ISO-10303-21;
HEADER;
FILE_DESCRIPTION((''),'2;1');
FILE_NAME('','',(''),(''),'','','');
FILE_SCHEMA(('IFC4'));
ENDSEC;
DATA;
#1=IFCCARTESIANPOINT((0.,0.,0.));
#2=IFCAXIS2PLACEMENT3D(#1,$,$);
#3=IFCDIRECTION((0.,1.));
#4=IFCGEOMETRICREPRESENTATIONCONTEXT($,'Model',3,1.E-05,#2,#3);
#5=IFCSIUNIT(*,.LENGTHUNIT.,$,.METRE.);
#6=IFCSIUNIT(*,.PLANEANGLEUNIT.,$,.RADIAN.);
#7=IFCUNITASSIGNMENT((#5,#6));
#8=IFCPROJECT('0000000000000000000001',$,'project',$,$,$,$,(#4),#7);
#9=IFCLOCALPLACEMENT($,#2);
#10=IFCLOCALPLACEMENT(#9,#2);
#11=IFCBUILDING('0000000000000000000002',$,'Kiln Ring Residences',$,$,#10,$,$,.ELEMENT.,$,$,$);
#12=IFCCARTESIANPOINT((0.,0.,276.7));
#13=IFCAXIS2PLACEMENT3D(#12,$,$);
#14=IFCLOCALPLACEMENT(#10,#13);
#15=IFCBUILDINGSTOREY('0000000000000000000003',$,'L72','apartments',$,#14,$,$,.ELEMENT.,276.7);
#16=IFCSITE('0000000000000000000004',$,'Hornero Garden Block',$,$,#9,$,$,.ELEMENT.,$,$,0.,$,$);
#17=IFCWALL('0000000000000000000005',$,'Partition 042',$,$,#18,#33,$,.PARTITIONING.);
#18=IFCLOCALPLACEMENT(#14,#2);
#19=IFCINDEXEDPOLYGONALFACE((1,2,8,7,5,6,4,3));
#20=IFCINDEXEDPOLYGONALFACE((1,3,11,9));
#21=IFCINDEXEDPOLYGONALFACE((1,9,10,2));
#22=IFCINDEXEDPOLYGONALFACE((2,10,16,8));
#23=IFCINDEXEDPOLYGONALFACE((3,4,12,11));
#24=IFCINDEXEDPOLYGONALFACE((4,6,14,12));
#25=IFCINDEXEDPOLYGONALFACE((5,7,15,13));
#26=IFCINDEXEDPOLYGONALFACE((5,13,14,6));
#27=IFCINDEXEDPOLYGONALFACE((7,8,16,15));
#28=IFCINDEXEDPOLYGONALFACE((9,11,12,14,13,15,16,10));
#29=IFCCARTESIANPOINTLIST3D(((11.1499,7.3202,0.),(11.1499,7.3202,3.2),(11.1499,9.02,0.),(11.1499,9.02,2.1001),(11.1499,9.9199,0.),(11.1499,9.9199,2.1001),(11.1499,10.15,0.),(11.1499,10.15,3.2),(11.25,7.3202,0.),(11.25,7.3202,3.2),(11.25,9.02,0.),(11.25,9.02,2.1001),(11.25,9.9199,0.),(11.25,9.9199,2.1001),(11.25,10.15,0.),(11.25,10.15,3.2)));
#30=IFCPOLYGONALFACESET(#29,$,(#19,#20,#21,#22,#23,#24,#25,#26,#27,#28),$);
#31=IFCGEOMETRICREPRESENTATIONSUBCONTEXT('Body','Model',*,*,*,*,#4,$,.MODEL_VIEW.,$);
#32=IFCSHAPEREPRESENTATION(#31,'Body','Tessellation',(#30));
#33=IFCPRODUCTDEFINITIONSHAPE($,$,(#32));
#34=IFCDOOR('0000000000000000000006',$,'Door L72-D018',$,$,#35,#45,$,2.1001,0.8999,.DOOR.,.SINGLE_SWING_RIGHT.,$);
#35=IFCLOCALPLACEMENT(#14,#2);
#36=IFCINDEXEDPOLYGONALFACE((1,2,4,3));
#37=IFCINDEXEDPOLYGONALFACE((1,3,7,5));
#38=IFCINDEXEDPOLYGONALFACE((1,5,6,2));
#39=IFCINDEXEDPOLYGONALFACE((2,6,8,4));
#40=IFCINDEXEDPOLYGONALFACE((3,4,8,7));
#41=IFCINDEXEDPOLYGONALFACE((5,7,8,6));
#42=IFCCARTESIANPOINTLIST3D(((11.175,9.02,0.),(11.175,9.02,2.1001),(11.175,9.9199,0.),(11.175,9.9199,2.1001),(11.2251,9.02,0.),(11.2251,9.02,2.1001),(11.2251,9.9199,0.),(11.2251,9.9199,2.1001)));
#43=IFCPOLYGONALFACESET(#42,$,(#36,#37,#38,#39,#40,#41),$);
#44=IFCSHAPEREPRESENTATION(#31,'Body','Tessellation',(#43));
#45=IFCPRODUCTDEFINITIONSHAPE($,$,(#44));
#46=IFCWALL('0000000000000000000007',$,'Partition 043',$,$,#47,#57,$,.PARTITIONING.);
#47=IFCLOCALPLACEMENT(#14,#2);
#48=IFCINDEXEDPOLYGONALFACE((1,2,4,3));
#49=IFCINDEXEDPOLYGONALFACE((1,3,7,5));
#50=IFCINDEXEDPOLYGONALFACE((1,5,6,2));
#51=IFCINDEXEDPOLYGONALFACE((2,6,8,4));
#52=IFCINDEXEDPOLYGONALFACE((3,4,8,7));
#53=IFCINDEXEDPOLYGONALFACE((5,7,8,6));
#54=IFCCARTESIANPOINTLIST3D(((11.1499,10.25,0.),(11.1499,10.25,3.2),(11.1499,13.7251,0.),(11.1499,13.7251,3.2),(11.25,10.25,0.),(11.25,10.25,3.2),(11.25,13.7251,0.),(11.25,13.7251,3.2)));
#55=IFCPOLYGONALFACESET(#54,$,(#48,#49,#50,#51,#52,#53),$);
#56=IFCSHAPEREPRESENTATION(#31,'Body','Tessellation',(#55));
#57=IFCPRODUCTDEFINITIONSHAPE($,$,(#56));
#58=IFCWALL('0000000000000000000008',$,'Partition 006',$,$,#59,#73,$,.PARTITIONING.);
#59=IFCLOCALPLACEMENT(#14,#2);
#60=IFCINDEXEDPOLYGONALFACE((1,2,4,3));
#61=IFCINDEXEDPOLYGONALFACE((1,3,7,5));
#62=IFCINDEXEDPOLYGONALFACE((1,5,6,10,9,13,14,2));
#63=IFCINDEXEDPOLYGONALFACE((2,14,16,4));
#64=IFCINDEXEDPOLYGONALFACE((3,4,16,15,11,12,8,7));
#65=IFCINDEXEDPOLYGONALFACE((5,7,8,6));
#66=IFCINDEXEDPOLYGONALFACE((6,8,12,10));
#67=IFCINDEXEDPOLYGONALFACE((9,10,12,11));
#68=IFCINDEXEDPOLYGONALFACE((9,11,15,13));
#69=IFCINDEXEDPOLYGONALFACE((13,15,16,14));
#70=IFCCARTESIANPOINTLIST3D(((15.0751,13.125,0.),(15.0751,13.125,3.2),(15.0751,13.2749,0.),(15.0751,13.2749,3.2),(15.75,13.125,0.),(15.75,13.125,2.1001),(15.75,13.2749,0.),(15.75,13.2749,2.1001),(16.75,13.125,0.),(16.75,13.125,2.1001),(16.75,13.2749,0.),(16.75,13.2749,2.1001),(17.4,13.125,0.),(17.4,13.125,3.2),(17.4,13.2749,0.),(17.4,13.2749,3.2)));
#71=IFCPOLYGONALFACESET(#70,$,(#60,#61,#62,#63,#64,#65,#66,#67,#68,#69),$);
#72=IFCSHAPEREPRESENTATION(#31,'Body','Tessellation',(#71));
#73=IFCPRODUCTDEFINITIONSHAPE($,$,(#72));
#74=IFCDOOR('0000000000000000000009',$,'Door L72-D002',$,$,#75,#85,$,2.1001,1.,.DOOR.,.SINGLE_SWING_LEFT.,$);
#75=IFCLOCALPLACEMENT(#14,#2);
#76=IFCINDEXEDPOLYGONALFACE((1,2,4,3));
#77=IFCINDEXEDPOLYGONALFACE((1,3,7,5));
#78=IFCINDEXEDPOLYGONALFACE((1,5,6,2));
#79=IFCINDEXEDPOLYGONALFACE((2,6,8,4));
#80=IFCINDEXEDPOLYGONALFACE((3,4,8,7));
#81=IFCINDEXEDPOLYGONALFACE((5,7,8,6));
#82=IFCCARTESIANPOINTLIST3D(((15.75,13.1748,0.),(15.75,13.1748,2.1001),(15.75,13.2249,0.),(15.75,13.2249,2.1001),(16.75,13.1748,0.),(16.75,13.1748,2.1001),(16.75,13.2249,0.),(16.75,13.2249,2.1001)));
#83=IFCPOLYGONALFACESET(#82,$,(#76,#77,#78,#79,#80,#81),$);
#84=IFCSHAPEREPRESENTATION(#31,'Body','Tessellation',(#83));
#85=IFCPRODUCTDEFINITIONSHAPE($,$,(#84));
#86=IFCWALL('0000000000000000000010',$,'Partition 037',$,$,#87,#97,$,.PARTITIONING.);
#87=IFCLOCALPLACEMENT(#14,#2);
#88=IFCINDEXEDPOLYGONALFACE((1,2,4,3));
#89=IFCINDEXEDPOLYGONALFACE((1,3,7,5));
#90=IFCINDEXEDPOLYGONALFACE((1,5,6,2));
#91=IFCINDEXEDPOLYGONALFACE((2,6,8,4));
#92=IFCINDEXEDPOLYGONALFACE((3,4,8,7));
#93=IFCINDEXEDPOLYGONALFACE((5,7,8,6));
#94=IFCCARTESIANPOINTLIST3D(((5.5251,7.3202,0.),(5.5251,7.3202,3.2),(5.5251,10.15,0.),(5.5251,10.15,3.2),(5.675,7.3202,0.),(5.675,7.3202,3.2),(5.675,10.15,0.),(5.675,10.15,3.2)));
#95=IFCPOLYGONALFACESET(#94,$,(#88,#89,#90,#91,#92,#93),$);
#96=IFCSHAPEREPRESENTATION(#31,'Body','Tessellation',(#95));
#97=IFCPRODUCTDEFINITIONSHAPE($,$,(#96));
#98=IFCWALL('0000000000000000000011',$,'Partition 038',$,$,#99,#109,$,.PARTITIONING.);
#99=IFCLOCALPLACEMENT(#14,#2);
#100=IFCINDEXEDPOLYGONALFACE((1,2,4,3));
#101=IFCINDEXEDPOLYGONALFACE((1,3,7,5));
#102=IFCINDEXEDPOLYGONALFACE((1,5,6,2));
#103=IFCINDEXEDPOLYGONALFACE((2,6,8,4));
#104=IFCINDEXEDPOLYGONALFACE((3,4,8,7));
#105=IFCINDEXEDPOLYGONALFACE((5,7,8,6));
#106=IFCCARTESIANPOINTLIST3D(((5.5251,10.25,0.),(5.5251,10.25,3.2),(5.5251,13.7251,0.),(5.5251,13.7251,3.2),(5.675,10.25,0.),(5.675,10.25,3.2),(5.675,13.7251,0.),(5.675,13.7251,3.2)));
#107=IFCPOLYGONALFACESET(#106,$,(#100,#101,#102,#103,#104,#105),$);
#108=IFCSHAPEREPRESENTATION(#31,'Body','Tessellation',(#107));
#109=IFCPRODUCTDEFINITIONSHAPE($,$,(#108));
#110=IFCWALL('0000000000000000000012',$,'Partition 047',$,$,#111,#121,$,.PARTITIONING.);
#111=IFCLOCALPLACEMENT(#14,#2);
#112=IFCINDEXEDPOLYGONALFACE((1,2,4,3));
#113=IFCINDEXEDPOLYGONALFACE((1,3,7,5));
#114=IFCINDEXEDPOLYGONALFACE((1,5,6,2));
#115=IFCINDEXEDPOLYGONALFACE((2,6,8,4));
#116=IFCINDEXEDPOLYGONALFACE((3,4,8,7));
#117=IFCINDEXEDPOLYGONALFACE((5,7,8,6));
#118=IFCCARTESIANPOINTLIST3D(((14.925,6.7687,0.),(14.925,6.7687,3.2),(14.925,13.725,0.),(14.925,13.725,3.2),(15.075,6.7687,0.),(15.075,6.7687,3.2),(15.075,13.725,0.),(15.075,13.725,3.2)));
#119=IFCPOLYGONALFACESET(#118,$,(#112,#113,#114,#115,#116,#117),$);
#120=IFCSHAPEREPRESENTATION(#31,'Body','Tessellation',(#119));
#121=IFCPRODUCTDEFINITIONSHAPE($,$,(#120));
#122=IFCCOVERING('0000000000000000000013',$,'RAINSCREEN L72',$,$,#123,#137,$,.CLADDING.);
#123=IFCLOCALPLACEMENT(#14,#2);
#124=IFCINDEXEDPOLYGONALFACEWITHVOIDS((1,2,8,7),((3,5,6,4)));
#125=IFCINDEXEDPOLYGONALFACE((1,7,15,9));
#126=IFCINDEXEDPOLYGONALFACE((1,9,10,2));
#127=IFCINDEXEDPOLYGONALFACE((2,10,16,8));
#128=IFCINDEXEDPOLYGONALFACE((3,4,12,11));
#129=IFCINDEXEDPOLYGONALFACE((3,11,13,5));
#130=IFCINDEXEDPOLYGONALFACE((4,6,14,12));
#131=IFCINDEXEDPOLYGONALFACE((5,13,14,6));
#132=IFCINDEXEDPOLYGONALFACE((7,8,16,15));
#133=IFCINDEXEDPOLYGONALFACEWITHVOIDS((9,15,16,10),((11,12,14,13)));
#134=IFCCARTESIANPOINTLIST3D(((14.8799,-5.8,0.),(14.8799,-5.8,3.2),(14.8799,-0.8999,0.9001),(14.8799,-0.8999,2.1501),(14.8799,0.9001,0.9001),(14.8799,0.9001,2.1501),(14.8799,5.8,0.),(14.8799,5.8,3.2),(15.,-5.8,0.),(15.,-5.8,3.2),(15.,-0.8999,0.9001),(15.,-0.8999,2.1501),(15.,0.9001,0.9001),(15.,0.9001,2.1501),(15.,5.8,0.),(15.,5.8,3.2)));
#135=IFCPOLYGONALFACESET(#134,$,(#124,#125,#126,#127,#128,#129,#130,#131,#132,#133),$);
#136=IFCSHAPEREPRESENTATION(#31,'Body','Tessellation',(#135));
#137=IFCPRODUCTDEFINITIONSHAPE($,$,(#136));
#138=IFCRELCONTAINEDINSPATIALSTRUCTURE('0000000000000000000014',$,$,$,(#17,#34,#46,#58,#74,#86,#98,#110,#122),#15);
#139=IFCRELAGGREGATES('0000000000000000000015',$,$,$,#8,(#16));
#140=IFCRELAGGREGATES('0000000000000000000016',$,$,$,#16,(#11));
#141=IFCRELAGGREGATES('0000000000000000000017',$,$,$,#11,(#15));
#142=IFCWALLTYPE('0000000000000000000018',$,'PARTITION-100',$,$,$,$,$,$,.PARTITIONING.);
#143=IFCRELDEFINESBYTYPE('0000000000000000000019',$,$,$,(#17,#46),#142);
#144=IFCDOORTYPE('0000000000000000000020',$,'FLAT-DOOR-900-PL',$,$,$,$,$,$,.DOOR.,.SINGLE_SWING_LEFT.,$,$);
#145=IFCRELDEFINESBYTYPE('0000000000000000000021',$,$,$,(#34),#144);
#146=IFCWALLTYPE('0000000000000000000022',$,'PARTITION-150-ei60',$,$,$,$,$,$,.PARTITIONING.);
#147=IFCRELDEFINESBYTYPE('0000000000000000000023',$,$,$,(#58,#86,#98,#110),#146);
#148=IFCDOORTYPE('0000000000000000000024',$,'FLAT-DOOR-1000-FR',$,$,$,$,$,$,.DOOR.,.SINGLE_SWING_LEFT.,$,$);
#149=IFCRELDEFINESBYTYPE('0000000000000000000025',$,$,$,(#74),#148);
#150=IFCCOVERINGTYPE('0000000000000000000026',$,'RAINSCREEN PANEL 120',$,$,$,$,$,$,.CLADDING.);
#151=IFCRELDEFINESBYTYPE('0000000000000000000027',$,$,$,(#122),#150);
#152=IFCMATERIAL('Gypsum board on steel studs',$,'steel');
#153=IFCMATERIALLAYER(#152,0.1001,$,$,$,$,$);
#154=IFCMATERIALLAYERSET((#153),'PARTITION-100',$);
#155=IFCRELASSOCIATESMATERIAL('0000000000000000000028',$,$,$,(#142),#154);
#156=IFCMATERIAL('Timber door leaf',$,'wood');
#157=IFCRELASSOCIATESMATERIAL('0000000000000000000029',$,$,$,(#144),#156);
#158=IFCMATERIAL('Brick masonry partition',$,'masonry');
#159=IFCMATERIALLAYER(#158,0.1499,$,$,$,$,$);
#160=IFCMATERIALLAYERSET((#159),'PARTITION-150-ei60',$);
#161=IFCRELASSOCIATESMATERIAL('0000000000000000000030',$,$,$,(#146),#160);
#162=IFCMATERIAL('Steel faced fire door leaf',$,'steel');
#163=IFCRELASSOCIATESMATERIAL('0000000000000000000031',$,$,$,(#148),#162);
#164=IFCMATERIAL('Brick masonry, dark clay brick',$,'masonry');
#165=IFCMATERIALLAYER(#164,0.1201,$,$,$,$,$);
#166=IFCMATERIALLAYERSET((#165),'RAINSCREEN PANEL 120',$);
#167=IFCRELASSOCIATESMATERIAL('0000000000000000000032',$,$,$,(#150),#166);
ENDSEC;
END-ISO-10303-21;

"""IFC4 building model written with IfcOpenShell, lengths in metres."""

from ifc_helpers import new_model, si_unit, direction, frame, frame_2d, origin, place, context, subcontext, project, spatial, polyline, rectangle, outline, extrude, material, layer, layer_set, type_object, element, fill, save


model = new_model("IFC4")

# Units and contexts
model_context = context("Model", 3, precision=1e-05, world=origin(), true_north=direction((0.0, 1.0)))
body_context = subcontext(model_context, "Body", "Model", "MODEL_VIEW")
ifc_project = project(units=[si_unit("LENGTHUNIT", "METRE"), si_unit("PLANEANGLEUNIT", "RADIAN")], contexts=[model_context])

# Site, building, storey
site_placement = place(None, origin())
site = spatial("IfcSite", under=ifc_project, at=site_placement, Name="Hornero Garden Block", CompositionType="ELEMENT", RefElevation=0.0)
building_placement = place(site_placement, origin())
building = spatial("IfcBuilding", under=site, at=building_placement, Name="Kiln Ring Residences", CompositionType="ELEMENT")
storey_placement = place(building_placement, frame((0.0, 0.0, 276.7)))
storey = spatial("IfcBuildingStorey", under=building, at=storey_placement, Name="L72", Description="apartments", CompositionType="ELEMENT", Elevation=276.7)

# Shared definitions
ifc_material_1 = material(Name="Gypsum board on steel studs", Category="steel")
ifc_layer_1 = layer(ifc_material_1, 0.1001)
ifc_layer_set_1 = layer_set([ifc_layer_1], Name="PARTITION-100")
wall_type_1 = type_object("IfcWallType", Name="PARTITION-100", PredefinedType="PARTITIONING", material=ifc_layer_set_1)

# Shared definitions
ifc_material_2 = material(Name="Timber door leaf", Category="wood")
door_type_1 = type_object("IfcDoorType", Name="FLAT-DOOR-900-PL", OperationType="SINGLE_SWING_LEFT", PredefinedType="DOOR", material=ifc_material_2)

# Wall, opening, door
wall_1_placement = place(storey_placement, frame((11.2, 7.3201, 0.0), z_axis=(0.0, 0.0, 1.0), x_axis=(0.0, 1.0, 0.0)))
wall_1 = element("IfcWall", 1, at=wall_1_placement, inside=storey, type_object=wall_type_1, Name="Partition 042", PredefinedType="PARTITIONING", context=body_context, shape_type="SweptSolid", body=[
    extrude(rectangle(XDim=2.8298, YDim=0.1001, at=frame_2d((1.415, 0.0))), origin(), (0.0, 0.0, 1.0), 3.2),
])
opening_1_placement = place(wall_1_placement, frame((1.7, 0.0, 0.0)))
opening_1 = element("IfcOpeningElement", 2, at=opening_1_placement, cuts=wall_1, PredefinedType="OPENING", context=body_context, shape_type="SweptSolid", body=[
    extrude(rectangle(XDim=0.8999, YDim=2.1001, at=frame_2d((0.45, 1.05))), frame((0.0, 0.0601, 0.0), z_axis=(0.0, -1.0, 0.0), x_axis=(1.0, 0.0, 0.0)), (0.0, 0.0, 1.0), 0.1201),
])
door_1_placement = place(opening_1_placement, origin())
door_1 = element("IfcDoor", 3, at=door_1_placement, inside=storey, type_object=door_type_1, Name="Door L72-D018", OperationType="SINGLE_SWING_RIGHT", OverallHeight=2.1001, OverallWidth=0.8999, PredefinedType="DOOR", context=body_context, shape_type="SweptSolid", body=[
    extrude(rectangle(XDim=0.8999, YDim=2.1001, at=frame_2d((0.45, 1.05))), frame((0.0, 0.0249, 0.0), z_axis=(0.0, -1.0, 0.0), x_axis=(1.0, 0.0, 0.0)), (0.0, 0.0, 1.0), 0.05),
])
fill(opening_1, door_1)

# Wall
wall_2_placement = place(storey_placement, frame((11.2, 10.25, 0.0), z_axis=(0.0, 0.0, 1.0), x_axis=(0.0, 1.0, 0.0)))
element("IfcWall", 4, at=wall_2_placement, inside=storey, type_object=wall_type_1, Name="Partition 043", PredefinedType="PARTITIONING", context=body_context, shape_type="SweptSolid", body=[
    extrude(rectangle(XDim=3.4751, YDim=0.1001, at=frame_2d((1.7375, 0.0))), origin(), (0.0, 0.0, 1.0), 3.2),
])

# Wall, opening, door
ifc_material_3 = material(Name="Brick masonry partition", Category="masonry")
ifc_layer_2 = layer(ifc_material_3, 0.1499)
ifc_layer_set_2 = layer_set([ifc_layer_2], Name="PARTITION-150-ei60")
wall_type_2 = type_object("IfcWallType", Name="PARTITION-150-ei60", PredefinedType="PARTITIONING", material=ifc_layer_set_2)
wall_3_placement = place(storey_placement, frame((15.075, 13.2, 0.0), z_axis=(0.0, 0.0, 1.0), x_axis=(1.0, 0.0, 0.0)))
wall_3 = element("IfcWall", 5, at=wall_3_placement, inside=storey, type_object=wall_type_2, Name="Partition 006", PredefinedType="PARTITIONING", context=body_context, shape_type="SweptSolid", body=[
    extrude(rectangle(XDim=2.325, YDim=0.1499, at=frame_2d((1.1626, 0.0))), origin(), (0.0, 0.0, 1.0), 3.2),
])
opening_2_placement = place(wall_3_placement, frame((0.675, 0.0, 0.0)))
opening_2 = element("IfcOpeningElement", 6, at=opening_2_placement, cuts=wall_3, PredefinedType="OPENING", context=body_context, shape_type="SweptSolid", body=[
    extrude(rectangle(XDim=1.0, YDim=2.1001, at=frame_2d((0.5, 1.05))), frame((0.0, 0.085, 0.0), z_axis=(0.0, -1.0, 0.0), x_axis=(1.0, 0.0, 0.0)), (0.0, 0.0, 1.0), 0.1699),
])
ifc_material_4 = material(Name="Steel faced fire door leaf", Category="steel")
door_type_2 = type_object("IfcDoorType", Name="FLAT-DOOR-1000-FR", OperationType="SINGLE_SWING_LEFT", PredefinedType="DOOR", material=ifc_material_4)
door_2_placement = place(opening_2_placement, origin())
door_2 = element("IfcDoor", 7, at=door_2_placement, inside=storey, type_object=door_type_2, Name="Door L72-D002", OperationType="SINGLE_SWING_LEFT", OverallHeight=2.1001, OverallWidth=1.0, PredefinedType="DOOR", context=body_context, shape_type="SweptSolid", body=[
    extrude(rectangle(XDim=1.0, YDim=2.1001, at=frame_2d((0.5, 1.05))), frame((0.0, 0.0249, 0.0), z_axis=(0.0, -1.0, 0.0), x_axis=(1.0, 0.0, 0.0)), (0.0, 0.0, 1.0), 0.05),
])
fill(opening_2, door_2)

# Walls
wall_4_placement = place(storey_placement, frame((5.6001, 7.3201, 0.0), z_axis=(0.0, 0.0, 1.0), x_axis=(0.0, 1.0, 0.0)))
element("IfcWall", 8, at=wall_4_placement, inside=storey, type_object=wall_type_2, Name="Partition 037", PredefinedType="PARTITIONING", context=body_context, shape_type="SweptSolid", body=[
    extrude(rectangle(XDim=2.8298, YDim=0.1499, at=frame_2d((1.415, 0.0))), origin(), (0.0, 0.0, 1.0), 3.2),
])
wall_5_placement = place(storey_placement, frame((5.6001, 10.25, 0.0), z_axis=(0.0, 0.0, 1.0), x_axis=(0.0, 1.0, 0.0)))
element("IfcWall", 9, at=wall_5_placement, inside=storey, type_object=wall_type_2, Name="Partition 038", PredefinedType="PARTITIONING", context=body_context, shape_type="SweptSolid", body=[
    extrude(rectangle(XDim=3.4751, YDim=0.1499, at=frame_2d((1.7375, 0.0))), origin(), (0.0, 0.0, 1.0), 3.2),
])
wall_6_placement = place(storey_placement, frame((15.0, 6.7688, 0.0), z_axis=(0.0, 0.0, 1.0), x_axis=(0.0, 1.0, 0.0)))
element("IfcWall", 10, at=wall_6_placement, inside=storey, type_object=wall_type_2, Name="Partition 047", PredefinedType="PARTITIONING", context=body_context, shape_type="SweptSolid", body=[
    extrude(rectangle(XDim=6.9563, YDim=0.1499, at=frame_2d((3.478, 0.0))), origin(), (0.0, 0.0, 1.0), 3.2),
])

# Covering
ifc_material_5 = material(Name="Brick masonry, dark clay brick", Category="masonry")
ifc_layer_3 = layer(ifc_material_5, 0.1201)
ifc_layer_set_3 = layer_set([ifc_layer_3], Name="RAINSCREEN PANEL 120")
covering_type = type_object("IfcCoveringType", Name="RAINSCREEN PANEL 120", PredefinedType="CLADDING", material=ifc_layer_set_3)
covering_placement = place(storey_placement, frame((14.9399, 5.8, 0.0), z_axis=(0.0, 0.0, 1.0), x_axis=(0.0, -1.0, 0.0)))
element("IfcCovering", 11, at=covering_placement, inside=storey, type_object=covering_type, Name="RAINSCREEN L72", PredefinedType="CLADDING", context=body_context, shape_type="SweptSolid", body=[
    extrude(outline(polyline([(0.0, 0.0), (11.6001, 0.0), (11.6001, 3.2), (0.0, 3.2), (0.0, 0.0)]), holes=[polyline([(4.8999, 2.1501), (4.8999, 0.9001), (6.7, 0.9001), (6.7, 2.1501), (4.8999, 2.1501)])]), frame((0.0, 0.0601, 0.0), z_axis=(0.0, -1.0, 0.0), x_axis=(1.0, 0.0, 0.0)), (0.0, 0.0, 1.0), 0.1201),
])

save(model, "model.ifc")
